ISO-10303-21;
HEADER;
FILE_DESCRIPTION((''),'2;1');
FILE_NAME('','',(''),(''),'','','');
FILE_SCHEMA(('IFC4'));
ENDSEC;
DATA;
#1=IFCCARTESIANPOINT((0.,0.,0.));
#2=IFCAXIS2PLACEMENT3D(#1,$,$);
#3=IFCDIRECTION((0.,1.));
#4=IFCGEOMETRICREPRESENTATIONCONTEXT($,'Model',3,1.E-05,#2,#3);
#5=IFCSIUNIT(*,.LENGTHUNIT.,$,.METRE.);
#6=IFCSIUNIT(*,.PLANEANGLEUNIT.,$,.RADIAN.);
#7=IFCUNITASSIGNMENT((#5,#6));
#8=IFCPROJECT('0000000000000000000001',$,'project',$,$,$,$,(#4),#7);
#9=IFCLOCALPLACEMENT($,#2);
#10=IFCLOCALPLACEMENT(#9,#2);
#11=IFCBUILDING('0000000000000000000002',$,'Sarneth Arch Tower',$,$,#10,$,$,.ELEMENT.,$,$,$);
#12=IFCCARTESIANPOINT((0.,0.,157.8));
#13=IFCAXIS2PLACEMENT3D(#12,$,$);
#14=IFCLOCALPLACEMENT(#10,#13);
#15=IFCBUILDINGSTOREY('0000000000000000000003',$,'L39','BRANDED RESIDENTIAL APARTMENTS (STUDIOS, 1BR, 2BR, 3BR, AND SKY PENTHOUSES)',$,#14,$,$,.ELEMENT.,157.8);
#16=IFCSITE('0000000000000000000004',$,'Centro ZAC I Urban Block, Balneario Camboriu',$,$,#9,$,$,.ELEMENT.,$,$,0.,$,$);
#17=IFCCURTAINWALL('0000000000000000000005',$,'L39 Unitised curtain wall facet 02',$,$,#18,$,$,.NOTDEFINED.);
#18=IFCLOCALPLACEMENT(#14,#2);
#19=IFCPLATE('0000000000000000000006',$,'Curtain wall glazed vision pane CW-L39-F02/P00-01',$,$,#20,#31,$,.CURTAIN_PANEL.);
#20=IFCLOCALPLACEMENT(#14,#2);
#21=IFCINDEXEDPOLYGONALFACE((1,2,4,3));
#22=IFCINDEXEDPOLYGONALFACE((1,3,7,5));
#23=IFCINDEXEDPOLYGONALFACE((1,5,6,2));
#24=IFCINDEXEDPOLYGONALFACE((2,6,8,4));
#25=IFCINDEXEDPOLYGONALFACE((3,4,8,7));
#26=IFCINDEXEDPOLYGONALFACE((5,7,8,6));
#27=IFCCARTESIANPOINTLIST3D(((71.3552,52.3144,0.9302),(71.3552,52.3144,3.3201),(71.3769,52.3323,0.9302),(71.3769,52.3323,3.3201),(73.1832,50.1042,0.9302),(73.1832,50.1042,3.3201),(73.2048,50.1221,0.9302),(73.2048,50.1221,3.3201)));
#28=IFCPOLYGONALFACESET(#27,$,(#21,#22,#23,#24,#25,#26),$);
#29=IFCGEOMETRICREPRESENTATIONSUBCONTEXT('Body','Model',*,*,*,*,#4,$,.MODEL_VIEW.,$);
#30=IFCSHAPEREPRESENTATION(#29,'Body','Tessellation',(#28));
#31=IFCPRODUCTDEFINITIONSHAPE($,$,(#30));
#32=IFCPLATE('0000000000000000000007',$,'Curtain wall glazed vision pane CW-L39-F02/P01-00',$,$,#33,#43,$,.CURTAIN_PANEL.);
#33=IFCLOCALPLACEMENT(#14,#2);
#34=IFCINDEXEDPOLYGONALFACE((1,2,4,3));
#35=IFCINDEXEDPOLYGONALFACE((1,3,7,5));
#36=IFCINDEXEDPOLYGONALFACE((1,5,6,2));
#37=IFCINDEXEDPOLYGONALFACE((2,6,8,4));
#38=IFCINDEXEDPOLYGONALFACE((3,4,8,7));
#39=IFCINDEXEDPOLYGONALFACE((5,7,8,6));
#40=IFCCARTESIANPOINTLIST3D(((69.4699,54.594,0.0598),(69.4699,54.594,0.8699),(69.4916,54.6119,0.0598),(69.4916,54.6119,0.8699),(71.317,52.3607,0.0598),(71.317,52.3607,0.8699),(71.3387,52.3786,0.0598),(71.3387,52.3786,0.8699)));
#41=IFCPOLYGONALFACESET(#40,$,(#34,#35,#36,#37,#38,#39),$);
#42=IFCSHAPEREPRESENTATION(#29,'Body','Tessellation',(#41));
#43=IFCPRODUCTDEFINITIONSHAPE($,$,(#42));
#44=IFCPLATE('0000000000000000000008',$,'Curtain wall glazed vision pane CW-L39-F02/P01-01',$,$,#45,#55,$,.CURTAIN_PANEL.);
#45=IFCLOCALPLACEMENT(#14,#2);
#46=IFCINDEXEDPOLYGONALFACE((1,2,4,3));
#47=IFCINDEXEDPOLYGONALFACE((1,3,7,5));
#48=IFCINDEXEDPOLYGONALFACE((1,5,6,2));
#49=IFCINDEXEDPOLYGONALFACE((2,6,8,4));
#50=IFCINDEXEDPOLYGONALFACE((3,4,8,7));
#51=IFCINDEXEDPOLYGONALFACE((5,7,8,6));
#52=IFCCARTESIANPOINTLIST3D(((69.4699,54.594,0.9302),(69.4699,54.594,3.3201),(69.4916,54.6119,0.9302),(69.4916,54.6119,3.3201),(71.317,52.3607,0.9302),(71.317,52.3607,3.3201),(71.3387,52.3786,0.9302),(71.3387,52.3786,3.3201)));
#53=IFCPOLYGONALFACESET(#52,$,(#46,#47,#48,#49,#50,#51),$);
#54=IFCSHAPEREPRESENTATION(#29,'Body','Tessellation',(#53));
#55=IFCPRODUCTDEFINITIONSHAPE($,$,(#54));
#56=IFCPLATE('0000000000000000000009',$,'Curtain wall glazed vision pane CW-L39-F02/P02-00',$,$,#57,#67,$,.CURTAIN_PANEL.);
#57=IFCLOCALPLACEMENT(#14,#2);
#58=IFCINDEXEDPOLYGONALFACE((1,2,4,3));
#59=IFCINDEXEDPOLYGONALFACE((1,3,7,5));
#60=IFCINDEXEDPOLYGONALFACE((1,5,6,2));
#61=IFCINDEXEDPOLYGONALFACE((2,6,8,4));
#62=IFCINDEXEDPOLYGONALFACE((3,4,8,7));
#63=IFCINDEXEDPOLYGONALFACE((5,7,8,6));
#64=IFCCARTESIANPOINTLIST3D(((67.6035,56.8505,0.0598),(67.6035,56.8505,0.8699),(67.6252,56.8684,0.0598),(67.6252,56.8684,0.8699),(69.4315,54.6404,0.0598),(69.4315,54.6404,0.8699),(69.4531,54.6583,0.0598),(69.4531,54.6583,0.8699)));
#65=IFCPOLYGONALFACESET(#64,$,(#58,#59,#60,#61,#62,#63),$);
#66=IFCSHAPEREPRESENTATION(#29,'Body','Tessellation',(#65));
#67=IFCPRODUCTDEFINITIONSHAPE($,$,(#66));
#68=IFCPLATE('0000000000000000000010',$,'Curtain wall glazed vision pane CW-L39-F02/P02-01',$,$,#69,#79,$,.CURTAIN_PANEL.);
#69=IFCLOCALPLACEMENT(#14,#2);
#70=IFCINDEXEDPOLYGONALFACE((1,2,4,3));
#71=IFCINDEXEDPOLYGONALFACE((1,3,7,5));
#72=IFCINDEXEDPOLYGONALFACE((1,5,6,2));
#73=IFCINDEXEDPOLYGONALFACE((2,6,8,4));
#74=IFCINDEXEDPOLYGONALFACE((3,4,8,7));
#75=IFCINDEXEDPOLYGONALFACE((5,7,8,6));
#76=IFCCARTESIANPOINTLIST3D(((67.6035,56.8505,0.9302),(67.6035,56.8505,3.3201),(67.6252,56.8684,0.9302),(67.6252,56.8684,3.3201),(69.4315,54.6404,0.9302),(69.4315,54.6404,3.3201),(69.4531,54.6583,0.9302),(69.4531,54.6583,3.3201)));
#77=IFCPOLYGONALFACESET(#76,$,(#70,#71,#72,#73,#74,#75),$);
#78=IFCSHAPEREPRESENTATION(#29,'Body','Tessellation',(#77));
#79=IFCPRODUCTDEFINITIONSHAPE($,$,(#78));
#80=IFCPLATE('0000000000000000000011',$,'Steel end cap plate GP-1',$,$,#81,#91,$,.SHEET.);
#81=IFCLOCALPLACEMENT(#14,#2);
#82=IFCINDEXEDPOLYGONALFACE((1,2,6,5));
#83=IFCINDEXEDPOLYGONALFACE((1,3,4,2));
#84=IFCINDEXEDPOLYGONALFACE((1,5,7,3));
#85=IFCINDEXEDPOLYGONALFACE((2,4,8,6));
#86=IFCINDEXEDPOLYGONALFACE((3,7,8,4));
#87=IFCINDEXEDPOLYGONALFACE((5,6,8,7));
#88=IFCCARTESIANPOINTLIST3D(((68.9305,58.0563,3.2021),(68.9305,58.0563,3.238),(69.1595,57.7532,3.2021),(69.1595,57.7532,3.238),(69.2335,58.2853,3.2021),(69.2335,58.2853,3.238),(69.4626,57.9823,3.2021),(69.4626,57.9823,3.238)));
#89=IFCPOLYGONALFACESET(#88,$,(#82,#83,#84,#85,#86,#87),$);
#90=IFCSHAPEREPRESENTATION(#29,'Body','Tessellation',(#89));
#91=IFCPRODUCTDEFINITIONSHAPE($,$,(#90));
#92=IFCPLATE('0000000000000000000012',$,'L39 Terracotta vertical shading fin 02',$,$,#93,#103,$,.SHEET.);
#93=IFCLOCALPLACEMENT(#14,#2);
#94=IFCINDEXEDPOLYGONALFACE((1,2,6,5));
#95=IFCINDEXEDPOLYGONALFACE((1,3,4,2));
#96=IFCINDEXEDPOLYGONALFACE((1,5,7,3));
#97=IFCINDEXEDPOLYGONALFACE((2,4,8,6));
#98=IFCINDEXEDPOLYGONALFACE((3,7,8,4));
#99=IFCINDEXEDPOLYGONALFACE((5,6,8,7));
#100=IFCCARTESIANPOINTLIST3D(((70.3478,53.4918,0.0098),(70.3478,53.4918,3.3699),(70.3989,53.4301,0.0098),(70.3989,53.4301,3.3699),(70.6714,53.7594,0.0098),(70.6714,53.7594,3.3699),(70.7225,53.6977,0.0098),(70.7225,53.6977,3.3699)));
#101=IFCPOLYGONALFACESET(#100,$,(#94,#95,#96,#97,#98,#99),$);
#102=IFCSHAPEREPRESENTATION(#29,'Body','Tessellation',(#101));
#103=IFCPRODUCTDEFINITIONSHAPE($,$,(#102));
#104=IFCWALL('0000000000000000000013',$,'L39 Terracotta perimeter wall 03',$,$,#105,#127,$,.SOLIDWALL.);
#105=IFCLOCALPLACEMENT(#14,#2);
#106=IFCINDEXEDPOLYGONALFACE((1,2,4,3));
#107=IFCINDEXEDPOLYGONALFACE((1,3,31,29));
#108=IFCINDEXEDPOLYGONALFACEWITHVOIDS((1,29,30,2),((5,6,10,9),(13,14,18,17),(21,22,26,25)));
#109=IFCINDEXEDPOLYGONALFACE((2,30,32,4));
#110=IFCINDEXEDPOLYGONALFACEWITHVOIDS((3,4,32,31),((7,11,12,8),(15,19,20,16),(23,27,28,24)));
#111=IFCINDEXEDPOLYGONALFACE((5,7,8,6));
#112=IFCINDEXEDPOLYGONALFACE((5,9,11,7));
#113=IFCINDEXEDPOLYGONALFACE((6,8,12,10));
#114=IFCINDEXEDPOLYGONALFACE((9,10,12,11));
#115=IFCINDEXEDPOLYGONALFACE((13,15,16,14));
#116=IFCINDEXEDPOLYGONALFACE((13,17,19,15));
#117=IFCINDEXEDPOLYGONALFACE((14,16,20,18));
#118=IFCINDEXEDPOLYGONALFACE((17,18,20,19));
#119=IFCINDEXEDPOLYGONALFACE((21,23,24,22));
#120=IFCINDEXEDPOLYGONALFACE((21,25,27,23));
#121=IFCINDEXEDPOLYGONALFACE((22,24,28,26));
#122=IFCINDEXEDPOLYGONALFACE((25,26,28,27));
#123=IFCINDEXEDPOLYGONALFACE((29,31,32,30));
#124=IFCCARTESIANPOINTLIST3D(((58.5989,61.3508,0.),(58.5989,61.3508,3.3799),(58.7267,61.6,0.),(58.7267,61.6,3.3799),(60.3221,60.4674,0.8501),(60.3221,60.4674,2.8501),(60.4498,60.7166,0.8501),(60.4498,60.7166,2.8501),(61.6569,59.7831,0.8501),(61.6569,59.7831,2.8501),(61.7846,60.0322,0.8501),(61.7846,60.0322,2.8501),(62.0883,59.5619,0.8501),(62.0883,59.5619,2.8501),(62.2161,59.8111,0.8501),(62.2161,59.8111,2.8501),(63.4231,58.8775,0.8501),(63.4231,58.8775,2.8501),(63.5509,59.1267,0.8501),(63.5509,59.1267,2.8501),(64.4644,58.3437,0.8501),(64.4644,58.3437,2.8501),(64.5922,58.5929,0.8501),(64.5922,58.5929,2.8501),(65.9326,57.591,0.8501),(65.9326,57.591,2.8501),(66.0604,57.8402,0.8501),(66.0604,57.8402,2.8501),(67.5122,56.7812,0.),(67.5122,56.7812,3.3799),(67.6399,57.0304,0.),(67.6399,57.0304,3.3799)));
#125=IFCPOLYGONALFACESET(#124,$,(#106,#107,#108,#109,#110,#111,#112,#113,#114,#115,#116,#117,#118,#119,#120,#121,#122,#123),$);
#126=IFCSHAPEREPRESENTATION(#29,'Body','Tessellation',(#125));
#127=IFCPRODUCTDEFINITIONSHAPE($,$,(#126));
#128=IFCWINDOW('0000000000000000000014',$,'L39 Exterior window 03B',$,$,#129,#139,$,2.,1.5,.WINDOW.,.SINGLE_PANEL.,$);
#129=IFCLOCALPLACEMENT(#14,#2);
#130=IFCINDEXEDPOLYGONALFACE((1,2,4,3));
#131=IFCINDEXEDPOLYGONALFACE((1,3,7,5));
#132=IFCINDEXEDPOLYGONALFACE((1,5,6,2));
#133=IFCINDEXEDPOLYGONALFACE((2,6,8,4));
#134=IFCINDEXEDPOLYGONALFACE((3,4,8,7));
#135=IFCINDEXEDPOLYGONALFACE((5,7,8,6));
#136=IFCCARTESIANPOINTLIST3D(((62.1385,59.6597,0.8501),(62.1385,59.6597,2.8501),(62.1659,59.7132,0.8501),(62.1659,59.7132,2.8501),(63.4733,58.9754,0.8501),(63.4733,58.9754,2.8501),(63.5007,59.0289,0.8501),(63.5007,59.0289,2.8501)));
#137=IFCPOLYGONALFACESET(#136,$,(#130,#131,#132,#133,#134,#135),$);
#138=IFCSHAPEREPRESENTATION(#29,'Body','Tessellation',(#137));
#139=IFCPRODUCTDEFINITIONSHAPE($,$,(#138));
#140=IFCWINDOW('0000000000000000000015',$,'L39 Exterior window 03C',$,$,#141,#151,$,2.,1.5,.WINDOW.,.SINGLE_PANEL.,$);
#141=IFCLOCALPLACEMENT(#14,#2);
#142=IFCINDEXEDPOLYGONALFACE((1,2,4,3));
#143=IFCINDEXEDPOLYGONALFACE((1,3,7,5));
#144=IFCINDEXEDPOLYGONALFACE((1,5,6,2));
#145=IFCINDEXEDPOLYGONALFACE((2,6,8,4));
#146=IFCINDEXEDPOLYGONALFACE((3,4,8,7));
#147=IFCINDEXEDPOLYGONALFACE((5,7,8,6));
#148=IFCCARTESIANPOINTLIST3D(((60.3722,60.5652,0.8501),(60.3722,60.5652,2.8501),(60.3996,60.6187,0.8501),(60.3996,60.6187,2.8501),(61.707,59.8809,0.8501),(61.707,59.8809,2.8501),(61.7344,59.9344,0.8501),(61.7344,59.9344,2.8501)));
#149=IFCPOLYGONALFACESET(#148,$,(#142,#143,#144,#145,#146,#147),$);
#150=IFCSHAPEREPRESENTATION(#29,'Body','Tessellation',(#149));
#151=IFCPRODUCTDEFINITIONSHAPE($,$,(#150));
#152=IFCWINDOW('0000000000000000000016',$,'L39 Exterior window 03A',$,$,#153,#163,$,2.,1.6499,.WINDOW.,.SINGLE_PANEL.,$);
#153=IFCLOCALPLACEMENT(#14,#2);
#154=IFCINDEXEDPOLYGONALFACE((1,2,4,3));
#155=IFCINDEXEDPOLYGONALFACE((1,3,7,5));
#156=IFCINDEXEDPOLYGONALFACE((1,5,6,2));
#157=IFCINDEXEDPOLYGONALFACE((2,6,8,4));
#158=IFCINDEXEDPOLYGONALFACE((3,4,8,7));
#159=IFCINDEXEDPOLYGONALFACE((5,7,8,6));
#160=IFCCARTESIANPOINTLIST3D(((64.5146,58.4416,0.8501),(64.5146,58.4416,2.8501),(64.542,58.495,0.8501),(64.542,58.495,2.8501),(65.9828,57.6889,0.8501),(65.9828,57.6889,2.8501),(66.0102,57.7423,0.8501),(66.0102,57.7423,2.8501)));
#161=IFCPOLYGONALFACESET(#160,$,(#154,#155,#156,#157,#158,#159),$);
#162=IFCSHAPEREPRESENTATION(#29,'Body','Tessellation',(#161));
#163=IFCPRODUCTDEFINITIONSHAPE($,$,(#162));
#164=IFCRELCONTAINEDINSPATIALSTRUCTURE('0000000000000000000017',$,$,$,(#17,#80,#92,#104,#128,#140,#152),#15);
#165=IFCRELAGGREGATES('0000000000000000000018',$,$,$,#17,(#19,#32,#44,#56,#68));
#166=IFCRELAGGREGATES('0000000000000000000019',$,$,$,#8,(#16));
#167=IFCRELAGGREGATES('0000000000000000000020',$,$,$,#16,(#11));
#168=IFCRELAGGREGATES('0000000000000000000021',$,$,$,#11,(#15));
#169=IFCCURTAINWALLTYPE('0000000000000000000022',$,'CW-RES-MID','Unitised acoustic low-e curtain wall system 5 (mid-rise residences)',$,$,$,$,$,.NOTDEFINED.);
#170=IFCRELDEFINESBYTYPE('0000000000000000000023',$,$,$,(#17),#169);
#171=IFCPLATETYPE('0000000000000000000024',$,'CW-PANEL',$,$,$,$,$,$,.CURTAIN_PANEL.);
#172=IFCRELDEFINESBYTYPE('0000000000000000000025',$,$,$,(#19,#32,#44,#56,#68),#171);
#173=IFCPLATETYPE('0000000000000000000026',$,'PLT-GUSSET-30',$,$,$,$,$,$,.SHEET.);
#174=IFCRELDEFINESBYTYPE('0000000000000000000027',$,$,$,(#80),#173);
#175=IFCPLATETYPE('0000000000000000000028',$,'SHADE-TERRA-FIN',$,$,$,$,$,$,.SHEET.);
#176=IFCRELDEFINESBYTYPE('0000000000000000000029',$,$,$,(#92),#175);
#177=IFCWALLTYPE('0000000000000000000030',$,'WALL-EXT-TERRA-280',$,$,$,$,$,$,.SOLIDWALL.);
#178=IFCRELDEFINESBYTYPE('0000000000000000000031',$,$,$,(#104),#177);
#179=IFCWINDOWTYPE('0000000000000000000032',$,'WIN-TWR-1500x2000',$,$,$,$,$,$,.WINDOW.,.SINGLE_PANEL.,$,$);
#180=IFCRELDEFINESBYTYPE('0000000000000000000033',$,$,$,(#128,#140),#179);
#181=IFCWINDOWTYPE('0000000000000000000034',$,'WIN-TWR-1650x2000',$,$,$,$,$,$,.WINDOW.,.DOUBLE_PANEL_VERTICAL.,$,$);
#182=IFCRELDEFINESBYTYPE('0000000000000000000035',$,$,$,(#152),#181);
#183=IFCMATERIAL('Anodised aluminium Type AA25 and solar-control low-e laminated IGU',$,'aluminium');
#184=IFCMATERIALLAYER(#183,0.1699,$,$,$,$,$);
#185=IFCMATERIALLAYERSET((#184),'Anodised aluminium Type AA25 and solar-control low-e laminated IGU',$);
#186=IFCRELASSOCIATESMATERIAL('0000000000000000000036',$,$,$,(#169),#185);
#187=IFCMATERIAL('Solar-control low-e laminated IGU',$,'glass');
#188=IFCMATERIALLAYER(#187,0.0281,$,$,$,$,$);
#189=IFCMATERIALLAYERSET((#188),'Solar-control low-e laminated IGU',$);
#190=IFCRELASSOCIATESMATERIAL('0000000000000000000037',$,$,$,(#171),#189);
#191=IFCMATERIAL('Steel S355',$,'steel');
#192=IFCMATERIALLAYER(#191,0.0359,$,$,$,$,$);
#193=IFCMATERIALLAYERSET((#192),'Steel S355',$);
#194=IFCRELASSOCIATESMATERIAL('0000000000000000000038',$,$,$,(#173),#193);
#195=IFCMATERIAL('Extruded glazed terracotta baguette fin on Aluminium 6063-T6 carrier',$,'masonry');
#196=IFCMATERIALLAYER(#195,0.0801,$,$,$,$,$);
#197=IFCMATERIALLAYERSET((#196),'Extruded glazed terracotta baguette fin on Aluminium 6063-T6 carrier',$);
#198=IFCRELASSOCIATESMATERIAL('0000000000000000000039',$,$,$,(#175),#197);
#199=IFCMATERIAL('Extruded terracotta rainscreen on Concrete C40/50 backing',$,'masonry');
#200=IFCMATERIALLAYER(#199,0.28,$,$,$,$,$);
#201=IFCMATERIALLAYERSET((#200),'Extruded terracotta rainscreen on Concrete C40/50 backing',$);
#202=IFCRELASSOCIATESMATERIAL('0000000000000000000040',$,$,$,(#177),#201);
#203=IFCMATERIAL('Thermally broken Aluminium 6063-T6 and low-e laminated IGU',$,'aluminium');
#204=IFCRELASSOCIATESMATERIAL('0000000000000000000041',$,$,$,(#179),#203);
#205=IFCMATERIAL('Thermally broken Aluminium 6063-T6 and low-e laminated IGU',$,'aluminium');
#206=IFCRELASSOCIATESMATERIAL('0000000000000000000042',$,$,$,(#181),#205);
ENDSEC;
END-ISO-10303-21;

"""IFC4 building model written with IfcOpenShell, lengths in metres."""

from ifc_helpers import new_model, si_unit, direction, frame, frame_2d, origin, origin_2d, place, context, subcontext, project, spatial, rectangle, extrude, material, layer, layer_set, type_object, element, fill, aggregate, save


model = new_model("IFC4")

# Units and contexts
model_context = context("Model", 3, precision=1e-05, world=origin(), true_north=direction((0.0, 1.0)))
body_context = subcontext(model_context, "Body", "Model", "MODEL_VIEW")
ifc_project = project(units=[si_unit("LENGTHUNIT", "METRE"), si_unit("PLANEANGLEUNIT", "RADIAN")], contexts=[model_context])

# Site, building, storey
site_placement = place(None, origin())
site = spatial("IfcSite", under=ifc_project, at=site_placement, Name="Centro ZAC I Urban Block, Balneario Camboriu", CompositionType="ELEMENT", RefElevation=0.0)
building_placement = place(site_placement, origin())
building = spatial("IfcBuilding", under=site, at=building_placement, Name="Sarneth Arch Tower", CompositionType="ELEMENT")
storey_placement = place(building_placement, frame((0.0, 0.0, 157.8)))
storey = spatial("IfcBuildingStorey", under=building, at=storey_placement, Name="L39", Description="BRANDED RESIDENTIAL APARTMENTS (STUDIOS, 1BR, 2BR, 3BR, AND SKY PENTHOUSES)", CompositionType="ELEMENT", Elevation=157.8)

# Curtain wall
ifc_material_1 = material(Name="Anodised aluminium Type AA25 and solar-control low-e laminated IGU", Category="aluminium")
ifc_layer_1 = layer(ifc_material_1, 0.1699)
ifc_layer_set_1 = layer_set([ifc_layer_1], Name="Anodised aluminium Type AA25 and solar-control low-e laminated IGU")
curtain_wall_type = type_object("IfcCurtainWallType", Name="CW-RES-MID", Description="Unitised acoustic low-e curtain wall system 5 (mid-rise residences)", PredefinedType="NOTDEFINED", material=ifc_layer_set_1)
curtain_wall_placement = place(storey_placement, origin())
curtain_wall = element("IfcCurtainWall", 1, at=curtain_wall_placement, inside=storey, type_object=curtain_wall_type, Name="L39 Unitised curtain wall facet 02", PredefinedType="NOTDEFINED")

# Plates
ifc_material_2 = material(Name="Solar-control low-e laminated IGU", Category="glass")
ifc_layer_2 = layer(ifc_material_2, 0.0281)
ifc_layer_set_2 = layer_set([ifc_layer_2], Name="Solar-control low-e laminated IGU")
plate_type_1 = type_object("IfcPlateType", Name="CW-PANEL", PredefinedType="CURTAIN_PANEL", material=ifc_layer_set_2)
plate_1_placement = place(storey_placement, frame((72.28, 51.2183, 0.9302), z_axis=(0.0, 0.0, 1.0), x_axis=(-0.63733, 0.770591, 0.0)))
plate_1 = element("IfcPlate", 2, at=plate_1_placement, type_object=plate_type_1, Name="Curtain wall glazed vision pane CW-L39-F02/P00-01", PredefinedType="CURTAIN_PANEL", context=body_context, shape_type="SweptSolid", body=[
    extrude(rectangle(XDim=2.8682, YDim=0.0281, at=origin_2d()), origin(), (0.0, 0.0, 1.0), 2.3899),
])
plate_2_placement = place(storey_placement, frame((70.4043, 53.4863, 0.0598), z_axis=(0.0, 0.0, 1.0), x_axis=(-0.63733, 0.770591, 0.0)))
plate_2 = element("IfcPlate", 3, at=plate_2_placement, type_object=plate_type_1, Name="Curtain wall glazed vision pane CW-L39-F02/P01-00", PredefinedType="CURTAIN_PANEL", context=body_context, shape_type="SweptSolid", body=[
    extrude(rectangle(XDim=2.8982, YDim=0.0281, at=origin_2d()), origin(), (0.0, 0.0, 1.0), 0.8101),
])
plate_3_placement = place(storey_placement, frame((70.4043, 53.4863, 0.9302), z_axis=(0.0, 0.0, 1.0), x_axis=(-0.63733, 0.770591, 0.0)))
plate_3 = element("IfcPlate", 4, at=plate_3_placement, type_object=plate_type_1, Name="Curtain wall glazed vision pane CW-L39-F02/P01-01", PredefinedType="CURTAIN_PANEL", context=body_context, shape_type="SweptSolid", body=[
    extrude(rectangle(XDim=2.8982, YDim=0.0281, at=origin_2d()), origin(), (0.0, 0.0, 1.0), 2.3899),
])
plate_4_placement = place(storey_placement, frame((68.5283, 55.7544, 0.0598), z_axis=(0.0, 0.0, 1.0), x_axis=(-0.63733, 0.770591, 0.0)))
plate_4 = element("IfcPlate", 5, at=plate_4_placement, type_object=plate_type_1, Name="Curtain wall glazed vision pane CW-L39-F02/P02-00", PredefinedType="CURTAIN_PANEL", context=body_context, shape_type="SweptSolid", body=[
    extrude(rectangle(XDim=2.8682, YDim=0.0281, at=origin_2d()), origin(), (0.0, 0.0, 1.0), 0.8101),
])
plate_5_placement = place(storey_placement, frame((68.5283, 55.7544, 0.9302), z_axis=(0.0, 0.0, 1.0), x_axis=(-0.63733, 0.770591, 0.0)))
plate_5 = element("IfcPlate", 6, at=plate_5_placement, type_object=plate_type_1, Name="Curtain wall glazed vision pane CW-L39-F02/P02-01", PredefinedType="CURTAIN_PANEL", context=body_context, shape_type="SweptSolid", body=[
    extrude(rectangle(XDim=2.8682, YDim=0.0281, at=origin_2d()), origin(), (0.0, 0.0, 1.0), 2.3899),
])
aggregate(curtain_wall, [plate_1, plate_2, plate_3, plate_4, plate_5])

# Plates
ifc_material_3 = material(Name="Steel S355", Category="steel")
ifc_layer_3 = layer(ifc_material_3, 0.0359)
ifc_layer_set_3 = layer_set([ifc_layer_3], Name="Steel S355")
plate_type_2 = type_object("IfcPlateType", Name="PLT-GUSSET-30", PredefinedType="SHEET", material=ifc_layer_set_3)
plate_6_placement = place(storey_placement, frame((69.1965, 58.0193, 3.2021), z_axis=(0.0, 0.0, 1.0), x_axis=(0.797794, 0.60293, 0.0)))
element("IfcPlate", 7, at=plate_6_placement, inside=storey, type_object=plate_type_2, Name="Steel end cap plate GP-1", PredefinedType="SHEET", context=body_context, shape_type="SweptSolid", body=[
    extrude(rectangle(XDim=0.3799, YDim=0.3799, at=origin_2d()), origin(), (0.0, 0.0, 1.0), 0.0359),
])
ifc_material_4 = material(Name="Extruded glazed terracotta baguette fin on Aluminium 6063-T6 carrier", Category="masonry")
ifc_layer_4 = layer(ifc_material_4, 0.0801)
ifc_layer_set_4 = layer_set([ifc_layer_4], Name="Extruded glazed terracotta baguette fin on Aluminium 6063-T6 carrier")
plate_type_3 = type_object("IfcPlateType", Name="SHADE-TERRA-FIN", PredefinedType="SHEET", material=ifc_layer_set_4)
plate_7_placement = place(storey_placement, frame((70.5352, 53.5947, 0.0098), z_axis=(0.0, 0.0, 1.0), x_axis=(0.770624, 0.63729, 0.0)))
element("IfcPlate", 8, at=plate_7_placement, inside=storey, type_object=plate_type_3, Name="L39 Terracotta vertical shading fin 02", PredefinedType="SHEET", context=body_context, shape_type="SweptSolid", body=[
    extrude(rectangle(XDim=0.4199, YDim=0.0801, at=origin_2d()), origin(), (0.0, 0.0, 1.0), 3.3601),
])

# Wall, openings, windows
ifc_material_5 = material(Name="Extruded terracotta rainscreen on Concrete C40/50 backing", Category="masonry")
ifc_layer_5 = layer(ifc_material_5, 0.28)
ifc_layer_set_5 = layer_set([ifc_layer_5], Name="Extruded terracotta rainscreen on Concrete C40/50 backing")
wall_type = type_object("IfcWallType", Name="WALL-EXT-TERRA-280", PredefinedType="SOLIDWALL", material=ifc_layer_set_5)
wall_placement = place(storey_placement, frame((67.5762, 56.9058, 0.0), z_axis=(0.0, 0.0, 1.0), x_axis=(-0.889873, 0.456209, 0.0)))
wall = element("IfcWall", 9, at=wall_placement, inside=storey, type_object=wall_type, Name="L39 Terracotta perimeter wall 03", PredefinedType="SOLIDWALL", context=body_context, shape_type="SweptSolid", body=[
    extrude(rectangle(XDim=10.0164, YDim=0.28, at=frame_2d((5.0083, 0.0))), origin(), (0.0, 0.0, 1.0), 3.3799),
])
opening_1_placement = place(wall_placement, frame((1.7751, 0.0, 0.8501)))
opening_1 = element("IfcOpeningElement", 10, at=opening_1_placement, cuts=wall, PredefinedType="OPENING", context=body_context, shape_type="SweptSolid", body=[
    extrude(rectangle(XDim=1.6499, YDim=2.0, at=frame_2d((0.825, 1.0))), frame((0.0, 0.1499, 0.0), z_axis=(0.0, -1.0, 0.0), x_axis=(1.0, 0.0, 0.0)), (0.0, 0.0, 1.0), 0.3),
])
opening_2_placement = place(wall_placement, frame((4.5952, 0.0, 0.8501)))
opening_2 = element("IfcOpeningElement", 11, at=opening_2_placement, cuts=wall, PredefinedType="OPENING", context=body_context, shape_type="SweptSolid", body=[
    extrude(rectangle(XDim=1.5, YDim=2.0, at=frame_2d((0.75, 1.0))), frame((0.0, 0.1499, 0.0), z_axis=(0.0, -1.0, 0.0), x_axis=(1.0, 0.0, 0.0)), (0.0, 0.0, 1.0), 0.3),
])
opening_3_placement = place(wall_placement, frame((6.5801, 0.0, 0.8501)))
opening_3 = element("IfcOpeningElement", 12, at=opening_3_placement, cuts=wall, PredefinedType="OPENING", context=body_context, shape_type="SweptSolid", body=[
    extrude(rectangle(XDim=1.5, YDim=2.0, at=frame_2d((0.75, 1.0))), frame((0.0, 0.1499, 0.0), z_axis=(0.0, -1.0, 0.0), x_axis=(1.0, 0.0, 0.0)), (0.0, 0.0, 1.0), 0.3),
])
ifc_material_6 = material(Name="Thermally broken Aluminium 6063-T6 and low-e laminated IGU", Category="aluminium")
window_type_1 = type_object("IfcWindowType", Name="WIN-TWR-1500x2000", PartitioningType="SINGLE_PANEL", PredefinedType="WINDOW", material=ifc_material_6)
window_1_placement = place(opening_2_placement, origin())
window_1 = element("IfcWindow", 13, at=window_1_placement, inside=storey, type_object=window_type_1, Name="L39 Exterior window 03B", OverallHeight=2.0, OverallWidth=1.5, PartitioningType="SINGLE_PANEL", PredefinedType="WINDOW", context=body_context, shape_type="SweptSolid", body=[
    extrude(rectangle(XDim=1.5, YDim=2.0, at=frame_2d((0.75, 1.0))), frame((0.0, 0.03, 0.0), z_axis=(0.0, -1.0, 0.0), x_axis=(1.0, 0.0, 0.0)), (0.0, 0.0, 1.0), 0.0601),
])
fill(opening_2, window_1)
window_2_placement = place(opening_3_placement, origin())
window_2 = element("IfcWindow", 14, at=window_2_placement, inside=storey, type_object=window_type_1, Name="L39 Exterior window 03C", OverallHeight=2.0, OverallWidth=1.5, PartitioningType="SINGLE_PANEL", PredefinedType="WINDOW", context=body_context, shape_type="SweptSolid", body=[
    extrude(rectangle(XDim=1.5, YDim=2.0, at=frame_2d((0.75, 1.0))), frame((0.0, 0.03, 0.0), z_axis=(0.0, -1.0, 0.0), x_axis=(1.0, 0.0, 0.0)), (0.0, 0.0, 1.0), 0.0601),
])
fill(opening_3, window_2)
ifc_material_7 = material(Name="Thermally broken Aluminium 6063-T6 and low-e laminated IGU", Category="aluminium")
window_type_2 = type_object("IfcWindowType", Name="WIN-TWR-1650x2000", PartitioningType="DOUBLE_PANEL_VERTICAL", PredefinedType="WINDOW", material=ifc_material_7)
window_3_placement = place(opening_1_placement, origin())
window_3 = element("IfcWindow", 15, at=window_3_placement, inside=storey, type_object=window_type_2, Name="L39 Exterior window 03A", OverallHeight=2.0, OverallWidth=1.6499, PartitioningType="SINGLE_PANEL", PredefinedType="WINDOW", context=body_context, shape_type="SweptSolid", body=[
    extrude(rectangle(XDim=1.6499, YDim=2.0, at=frame_2d((0.825, 1.0))), frame((0.0, 0.03, 0.0), z_axis=(0.0, -1.0, 0.0), x_axis=(1.0, 0.0, 0.0)), (0.0, 0.0, 1.0), 0.0601),
])
fill(opening_1, window_3)

save(model, "model.ifc")
